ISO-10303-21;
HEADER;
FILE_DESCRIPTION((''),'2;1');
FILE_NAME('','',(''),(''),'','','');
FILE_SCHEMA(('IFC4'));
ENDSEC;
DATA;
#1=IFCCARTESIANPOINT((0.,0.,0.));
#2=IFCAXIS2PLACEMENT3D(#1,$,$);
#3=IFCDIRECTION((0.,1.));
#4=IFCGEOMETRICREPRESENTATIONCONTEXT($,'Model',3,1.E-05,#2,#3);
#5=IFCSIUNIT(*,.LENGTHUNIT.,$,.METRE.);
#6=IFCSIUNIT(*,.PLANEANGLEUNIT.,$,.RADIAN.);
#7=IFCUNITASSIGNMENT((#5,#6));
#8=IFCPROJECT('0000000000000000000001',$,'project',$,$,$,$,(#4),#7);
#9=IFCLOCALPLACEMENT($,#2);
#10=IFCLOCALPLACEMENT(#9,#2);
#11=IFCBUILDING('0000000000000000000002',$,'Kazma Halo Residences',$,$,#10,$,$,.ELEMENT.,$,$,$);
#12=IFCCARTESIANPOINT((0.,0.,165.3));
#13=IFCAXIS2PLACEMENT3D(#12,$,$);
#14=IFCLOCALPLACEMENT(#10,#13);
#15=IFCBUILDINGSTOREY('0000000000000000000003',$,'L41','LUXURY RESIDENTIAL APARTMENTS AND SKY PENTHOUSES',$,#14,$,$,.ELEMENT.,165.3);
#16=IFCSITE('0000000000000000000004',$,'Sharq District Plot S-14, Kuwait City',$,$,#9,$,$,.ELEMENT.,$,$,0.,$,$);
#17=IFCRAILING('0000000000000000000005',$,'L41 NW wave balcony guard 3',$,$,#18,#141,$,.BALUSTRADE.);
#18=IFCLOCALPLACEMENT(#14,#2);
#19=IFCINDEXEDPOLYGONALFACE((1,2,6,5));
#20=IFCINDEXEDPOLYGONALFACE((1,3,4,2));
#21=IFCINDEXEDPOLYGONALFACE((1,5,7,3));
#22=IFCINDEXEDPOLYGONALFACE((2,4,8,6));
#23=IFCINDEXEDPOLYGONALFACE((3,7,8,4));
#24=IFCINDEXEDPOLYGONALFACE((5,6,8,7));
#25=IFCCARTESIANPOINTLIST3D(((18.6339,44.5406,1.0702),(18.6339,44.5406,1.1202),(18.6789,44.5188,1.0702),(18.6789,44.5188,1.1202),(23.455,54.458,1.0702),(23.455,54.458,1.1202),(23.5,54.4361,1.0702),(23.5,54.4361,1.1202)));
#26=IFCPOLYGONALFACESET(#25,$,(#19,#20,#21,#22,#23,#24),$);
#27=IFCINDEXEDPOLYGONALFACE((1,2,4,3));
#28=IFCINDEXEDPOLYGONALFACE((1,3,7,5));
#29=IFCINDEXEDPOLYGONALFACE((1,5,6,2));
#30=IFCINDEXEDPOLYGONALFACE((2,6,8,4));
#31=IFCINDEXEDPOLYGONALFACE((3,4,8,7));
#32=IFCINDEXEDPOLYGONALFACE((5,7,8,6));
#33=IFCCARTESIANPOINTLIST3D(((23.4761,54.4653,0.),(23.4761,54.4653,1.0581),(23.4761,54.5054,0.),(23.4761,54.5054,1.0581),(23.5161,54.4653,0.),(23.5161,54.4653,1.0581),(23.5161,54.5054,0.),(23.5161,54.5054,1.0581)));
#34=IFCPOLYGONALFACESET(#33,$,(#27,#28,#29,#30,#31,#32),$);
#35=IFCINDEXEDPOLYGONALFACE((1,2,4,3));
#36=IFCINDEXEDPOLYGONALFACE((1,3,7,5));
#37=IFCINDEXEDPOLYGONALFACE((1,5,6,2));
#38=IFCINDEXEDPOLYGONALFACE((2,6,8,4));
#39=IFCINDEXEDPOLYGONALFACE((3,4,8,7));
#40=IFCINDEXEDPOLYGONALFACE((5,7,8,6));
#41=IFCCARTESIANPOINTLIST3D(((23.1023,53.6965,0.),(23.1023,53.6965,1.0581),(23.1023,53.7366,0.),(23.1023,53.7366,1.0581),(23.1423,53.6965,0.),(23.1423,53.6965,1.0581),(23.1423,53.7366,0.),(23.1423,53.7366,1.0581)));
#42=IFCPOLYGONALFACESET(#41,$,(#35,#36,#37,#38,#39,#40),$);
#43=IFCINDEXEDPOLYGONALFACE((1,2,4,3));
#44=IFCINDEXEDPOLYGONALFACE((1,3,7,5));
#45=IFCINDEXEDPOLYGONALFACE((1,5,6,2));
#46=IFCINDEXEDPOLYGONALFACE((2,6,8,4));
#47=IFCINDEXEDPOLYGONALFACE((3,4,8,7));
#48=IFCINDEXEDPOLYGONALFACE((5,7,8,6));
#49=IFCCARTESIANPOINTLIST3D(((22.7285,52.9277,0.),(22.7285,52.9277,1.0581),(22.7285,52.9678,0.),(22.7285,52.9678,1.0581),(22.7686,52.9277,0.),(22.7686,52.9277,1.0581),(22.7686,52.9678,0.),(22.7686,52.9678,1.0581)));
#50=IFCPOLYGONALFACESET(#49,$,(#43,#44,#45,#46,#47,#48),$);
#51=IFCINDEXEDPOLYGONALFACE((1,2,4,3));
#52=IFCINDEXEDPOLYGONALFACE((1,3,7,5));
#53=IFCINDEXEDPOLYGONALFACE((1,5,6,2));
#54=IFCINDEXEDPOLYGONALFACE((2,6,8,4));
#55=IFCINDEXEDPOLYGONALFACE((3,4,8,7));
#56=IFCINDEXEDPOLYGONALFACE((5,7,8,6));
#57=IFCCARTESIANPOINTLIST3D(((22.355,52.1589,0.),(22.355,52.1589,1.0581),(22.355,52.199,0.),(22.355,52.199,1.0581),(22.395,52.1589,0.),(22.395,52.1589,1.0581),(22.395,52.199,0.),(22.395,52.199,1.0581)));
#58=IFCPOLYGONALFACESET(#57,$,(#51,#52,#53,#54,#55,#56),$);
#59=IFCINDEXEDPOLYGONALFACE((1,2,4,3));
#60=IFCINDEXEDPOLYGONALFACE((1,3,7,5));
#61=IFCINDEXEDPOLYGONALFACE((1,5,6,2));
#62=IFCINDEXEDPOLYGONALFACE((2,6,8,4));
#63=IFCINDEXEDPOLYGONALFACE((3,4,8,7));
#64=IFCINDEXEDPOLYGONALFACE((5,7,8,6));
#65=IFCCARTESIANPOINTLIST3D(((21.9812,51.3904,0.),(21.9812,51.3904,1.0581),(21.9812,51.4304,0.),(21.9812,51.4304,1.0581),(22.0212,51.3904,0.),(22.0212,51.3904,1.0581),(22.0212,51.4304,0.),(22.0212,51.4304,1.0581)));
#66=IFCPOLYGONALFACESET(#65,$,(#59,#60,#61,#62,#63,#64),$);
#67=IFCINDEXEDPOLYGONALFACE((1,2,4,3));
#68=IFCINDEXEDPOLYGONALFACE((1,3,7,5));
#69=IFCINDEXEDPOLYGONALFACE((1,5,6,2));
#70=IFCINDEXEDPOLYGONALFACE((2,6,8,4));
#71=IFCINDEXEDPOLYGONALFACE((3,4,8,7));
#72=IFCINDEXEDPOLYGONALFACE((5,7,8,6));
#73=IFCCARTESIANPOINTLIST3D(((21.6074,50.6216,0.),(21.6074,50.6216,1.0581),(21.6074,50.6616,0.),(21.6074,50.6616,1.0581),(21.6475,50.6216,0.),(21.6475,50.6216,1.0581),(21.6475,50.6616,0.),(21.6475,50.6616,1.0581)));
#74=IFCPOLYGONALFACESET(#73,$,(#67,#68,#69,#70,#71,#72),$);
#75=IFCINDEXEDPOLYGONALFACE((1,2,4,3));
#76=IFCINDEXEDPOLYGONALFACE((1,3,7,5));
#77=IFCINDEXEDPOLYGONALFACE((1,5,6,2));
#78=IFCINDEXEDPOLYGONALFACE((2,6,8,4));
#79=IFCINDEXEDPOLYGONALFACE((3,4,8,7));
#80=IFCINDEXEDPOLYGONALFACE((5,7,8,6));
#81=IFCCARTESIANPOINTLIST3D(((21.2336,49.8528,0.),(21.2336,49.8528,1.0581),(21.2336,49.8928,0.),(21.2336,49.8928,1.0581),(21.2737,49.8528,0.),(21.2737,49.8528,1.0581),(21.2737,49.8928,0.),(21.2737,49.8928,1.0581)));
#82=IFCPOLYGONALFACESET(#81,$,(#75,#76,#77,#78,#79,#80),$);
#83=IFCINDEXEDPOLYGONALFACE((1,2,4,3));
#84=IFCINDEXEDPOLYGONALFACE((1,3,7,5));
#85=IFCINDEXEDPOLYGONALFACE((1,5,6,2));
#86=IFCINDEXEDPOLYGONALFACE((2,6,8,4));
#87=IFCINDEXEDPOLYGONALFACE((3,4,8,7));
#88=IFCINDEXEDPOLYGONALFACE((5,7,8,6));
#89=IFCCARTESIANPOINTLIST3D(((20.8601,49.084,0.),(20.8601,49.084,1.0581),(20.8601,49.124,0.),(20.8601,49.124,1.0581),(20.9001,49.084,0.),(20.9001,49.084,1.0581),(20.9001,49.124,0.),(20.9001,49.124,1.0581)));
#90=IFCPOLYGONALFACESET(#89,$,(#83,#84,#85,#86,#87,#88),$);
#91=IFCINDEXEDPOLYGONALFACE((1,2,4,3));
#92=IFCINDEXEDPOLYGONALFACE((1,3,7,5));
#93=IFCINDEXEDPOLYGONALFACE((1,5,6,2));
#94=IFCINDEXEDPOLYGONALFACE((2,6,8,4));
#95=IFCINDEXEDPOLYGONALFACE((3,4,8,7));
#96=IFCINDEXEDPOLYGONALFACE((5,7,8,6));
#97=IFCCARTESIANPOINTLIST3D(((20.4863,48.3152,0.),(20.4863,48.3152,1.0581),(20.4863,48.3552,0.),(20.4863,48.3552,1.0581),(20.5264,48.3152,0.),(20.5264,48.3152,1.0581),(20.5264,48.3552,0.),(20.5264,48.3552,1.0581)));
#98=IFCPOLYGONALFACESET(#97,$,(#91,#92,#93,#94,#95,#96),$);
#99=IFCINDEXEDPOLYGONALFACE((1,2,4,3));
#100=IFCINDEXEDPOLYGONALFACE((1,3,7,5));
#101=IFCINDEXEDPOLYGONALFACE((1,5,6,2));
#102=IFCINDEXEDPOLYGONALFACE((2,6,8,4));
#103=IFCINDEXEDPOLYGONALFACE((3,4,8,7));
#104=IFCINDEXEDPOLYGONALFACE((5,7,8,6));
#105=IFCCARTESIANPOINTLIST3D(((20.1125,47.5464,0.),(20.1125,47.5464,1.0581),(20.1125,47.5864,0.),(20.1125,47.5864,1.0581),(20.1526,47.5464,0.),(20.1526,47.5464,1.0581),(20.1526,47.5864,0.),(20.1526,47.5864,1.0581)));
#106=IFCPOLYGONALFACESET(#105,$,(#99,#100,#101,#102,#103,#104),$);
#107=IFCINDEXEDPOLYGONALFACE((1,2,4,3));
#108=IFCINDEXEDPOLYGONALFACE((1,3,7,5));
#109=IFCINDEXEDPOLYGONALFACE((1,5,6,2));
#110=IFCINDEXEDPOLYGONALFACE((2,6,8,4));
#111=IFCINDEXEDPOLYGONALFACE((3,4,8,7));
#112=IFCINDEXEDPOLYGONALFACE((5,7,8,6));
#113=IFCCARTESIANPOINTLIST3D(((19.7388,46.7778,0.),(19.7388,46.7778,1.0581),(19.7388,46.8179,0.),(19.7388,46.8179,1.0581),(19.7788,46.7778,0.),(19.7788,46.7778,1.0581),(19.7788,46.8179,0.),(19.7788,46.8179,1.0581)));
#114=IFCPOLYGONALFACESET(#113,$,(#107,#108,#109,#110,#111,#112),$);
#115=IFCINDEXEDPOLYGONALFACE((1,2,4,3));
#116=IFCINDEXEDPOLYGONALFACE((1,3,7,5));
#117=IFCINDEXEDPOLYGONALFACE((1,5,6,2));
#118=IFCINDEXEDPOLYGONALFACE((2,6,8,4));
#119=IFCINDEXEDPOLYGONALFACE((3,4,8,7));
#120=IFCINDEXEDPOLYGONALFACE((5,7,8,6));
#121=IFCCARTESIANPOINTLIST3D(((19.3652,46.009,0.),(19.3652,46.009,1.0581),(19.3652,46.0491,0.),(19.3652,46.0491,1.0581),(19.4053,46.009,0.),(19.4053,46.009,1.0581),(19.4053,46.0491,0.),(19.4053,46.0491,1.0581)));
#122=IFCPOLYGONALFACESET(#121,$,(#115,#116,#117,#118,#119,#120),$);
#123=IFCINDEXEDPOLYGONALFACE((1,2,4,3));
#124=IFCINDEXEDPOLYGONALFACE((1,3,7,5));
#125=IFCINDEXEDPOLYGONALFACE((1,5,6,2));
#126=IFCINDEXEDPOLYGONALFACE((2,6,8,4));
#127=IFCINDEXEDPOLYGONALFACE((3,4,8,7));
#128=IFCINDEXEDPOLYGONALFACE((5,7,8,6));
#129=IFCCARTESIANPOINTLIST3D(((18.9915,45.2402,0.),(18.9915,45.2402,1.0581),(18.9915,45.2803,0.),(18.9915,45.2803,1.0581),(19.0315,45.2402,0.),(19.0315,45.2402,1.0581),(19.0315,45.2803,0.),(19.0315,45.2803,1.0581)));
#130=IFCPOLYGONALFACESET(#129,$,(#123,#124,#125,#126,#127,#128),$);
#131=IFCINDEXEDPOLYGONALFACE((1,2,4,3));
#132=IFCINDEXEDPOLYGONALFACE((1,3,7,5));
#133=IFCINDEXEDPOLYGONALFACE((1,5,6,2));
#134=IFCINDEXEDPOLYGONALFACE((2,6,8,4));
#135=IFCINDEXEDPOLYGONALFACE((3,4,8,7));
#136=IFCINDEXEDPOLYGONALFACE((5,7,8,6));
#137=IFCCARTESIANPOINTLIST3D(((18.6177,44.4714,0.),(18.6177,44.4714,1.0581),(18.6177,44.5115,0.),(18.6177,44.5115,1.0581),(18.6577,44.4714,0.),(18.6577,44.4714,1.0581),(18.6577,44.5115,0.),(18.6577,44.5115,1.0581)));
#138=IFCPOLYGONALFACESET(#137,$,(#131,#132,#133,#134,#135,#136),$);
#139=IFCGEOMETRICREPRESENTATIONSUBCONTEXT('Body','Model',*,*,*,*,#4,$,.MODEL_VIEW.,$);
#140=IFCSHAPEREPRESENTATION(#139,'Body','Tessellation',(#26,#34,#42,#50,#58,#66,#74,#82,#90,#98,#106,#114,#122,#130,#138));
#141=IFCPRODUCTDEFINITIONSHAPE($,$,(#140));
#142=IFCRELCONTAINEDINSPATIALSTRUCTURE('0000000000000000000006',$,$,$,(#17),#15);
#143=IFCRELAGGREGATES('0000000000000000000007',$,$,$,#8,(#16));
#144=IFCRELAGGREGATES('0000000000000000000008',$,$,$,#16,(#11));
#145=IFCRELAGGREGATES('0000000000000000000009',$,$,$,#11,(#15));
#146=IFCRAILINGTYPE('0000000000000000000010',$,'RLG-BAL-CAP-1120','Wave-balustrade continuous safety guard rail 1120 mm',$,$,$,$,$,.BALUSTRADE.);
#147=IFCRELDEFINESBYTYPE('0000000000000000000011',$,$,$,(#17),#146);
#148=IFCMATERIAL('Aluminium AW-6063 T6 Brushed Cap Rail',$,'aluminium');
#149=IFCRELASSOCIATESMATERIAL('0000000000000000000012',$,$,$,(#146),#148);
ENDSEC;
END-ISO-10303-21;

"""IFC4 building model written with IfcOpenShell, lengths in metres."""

from ifc_helpers import new_model, si_unit, direction, frame, origin, origin_2d, place, context, subcontext, project, spatial, rectangle, extrude, material, type_object, element, save


model = new_model("IFC4")

# Units and contexts
model_context = context("Model", 3, precision=1e-05, world=origin(), true_north=direction((0.0, 1.0)))
body_context = subcontext(model_context, "Body", "Model", "MODEL_VIEW")
ifc_project = project(units=[si_unit("LENGTHUNIT", "METRE"), si_unit("PLANEANGLEUNIT", "RADIAN")], contexts=[model_context])

# Site, building, storey
site_placement = place(None, origin())
site = spatial("IfcSite", under=ifc_project, at=site_placement, Name="Sharq District Plot S-14, Kuwait City", CompositionType="ELEMENT", RefElevation=0.0)
building_placement = place(site_placement, origin())
building = spatial("IfcBuilding", under=site, at=building_placement, Name="Kazma Halo Residences", CompositionType="ELEMENT")
storey_placement = place(building_placement, frame((0.0, 0.0, 165.3)))
storey = spatial("IfcBuildingStorey", under=building, at=storey_placement, Name="L41", Description="LUXURY RESIDENTIAL APARTMENTS AND SKY PENTHOUSES", CompositionType="ELEMENT", Elevation=165.3)

# Railing
ifc_material_1 = material(Name="Aluminium AW-6063 T6 Brushed Cap Rail", Category="aluminium")
railing_type = type_object("IfcRailingType", Name="RLG-BAL-CAP-1120", Description="Wave-balustrade continuous safety guard rail 1120 mm", PredefinedType="BALUSTRADE", material=ifc_material_1)
railing_1_placement = place(storey_placement, frame((23.4961, 54.4854, 0.0)))
element("IfcRailing", 1, at=railing_1_placement, inside=storey, type_object=railing_type, Name="L41 NW wave balcony guard 3", PredefinedType="BALUSTRADE", context=body_context, shape_type="SweptSolid", body=[
    extrude(rectangle(XDim=0.05, YDim=0.05, at=origin_2d()), frame((-0.0186, -0.0383, 1.0952), z_axis=(-0.437211, -0.899359, 0.0), x_axis=(0.899359, -0.437211, 0.0)), (0.0, 0.0, 1.0), 11.0271),
    extrude(rectangle(XDim=0.04, YDim=0.04, at=origin_2d()), origin(), (0.0, 0.0, 1.0), 1.0581),
    extrude(rectangle(XDim=0.04, YDim=0.04, at=origin_2d()), frame((-0.3738, -0.7688, 0.0)), (0.0, 0.0, 1.0), 1.0581),
    extrude(rectangle(XDim=0.04, YDim=0.04, at=origin_2d()), frame((-0.7476, -1.5376, 0.0)), (0.0, 0.0, 1.0), 1.0581),
    extrude(rectangle(XDim=0.04, YDim=0.04, at=origin_2d()), frame((-1.1211, -2.3064, 0.0)), (0.0, 0.0, 1.0), 1.0581),
    extrude(rectangle(XDim=0.04, YDim=0.04, at=origin_2d()), frame((-1.4949, -3.075, 0.0)), (0.0, 0.0, 1.0), 1.0581),
    extrude(rectangle(XDim=0.04, YDim=0.04, at=origin_2d()), frame((-1.8687, -3.8438, 0.0)), (0.0, 0.0, 1.0), 1.0581),
    extrude(rectangle(XDim=0.04, YDim=0.04, at=origin_2d()), frame((-2.2424, -4.6125, 0.0)), (0.0, 0.0, 1.0), 1.0581),
    extrude(rectangle(XDim=0.04, YDim=0.04, at=origin_2d()), frame((-2.616, -5.3813, 0.0)), (0.0, 0.0, 1.0), 1.0581),
    extrude(rectangle(XDim=0.04, YDim=0.04, at=origin_2d()), frame((-2.9897, -6.1501, 0.0)), (0.0, 0.0, 1.0), 1.0581),
    extrude(rectangle(XDim=0.04, YDim=0.04, at=origin_2d()), frame((-3.3635, -6.9189, 0.0)), (0.0, 0.0, 1.0), 1.0581),
    extrude(rectangle(XDim=0.04, YDim=0.04, at=origin_2d()), frame((-3.7373, -7.6875, 0.0)), (0.0, 0.0, 1.0), 1.0581),
    extrude(rectangle(XDim=0.04, YDim=0.04, at=origin_2d()), frame((-4.1108, -8.4563, 0.0)), (0.0, 0.0, 1.0), 1.0581),
    extrude(rectangle(XDim=0.04, YDim=0.04, at=origin_2d()), frame((-4.4846, -9.2251, 0.0)), (0.0, 0.0, 1.0), 1.0581),
    extrude(rectangle(XDim=0.04, YDim=0.04, at=origin_2d()), frame((-4.8584, -9.9939, 0.0)), (0.0, 0.0, 1.0), 1.0581),
])

save(model, "model.ifc")
